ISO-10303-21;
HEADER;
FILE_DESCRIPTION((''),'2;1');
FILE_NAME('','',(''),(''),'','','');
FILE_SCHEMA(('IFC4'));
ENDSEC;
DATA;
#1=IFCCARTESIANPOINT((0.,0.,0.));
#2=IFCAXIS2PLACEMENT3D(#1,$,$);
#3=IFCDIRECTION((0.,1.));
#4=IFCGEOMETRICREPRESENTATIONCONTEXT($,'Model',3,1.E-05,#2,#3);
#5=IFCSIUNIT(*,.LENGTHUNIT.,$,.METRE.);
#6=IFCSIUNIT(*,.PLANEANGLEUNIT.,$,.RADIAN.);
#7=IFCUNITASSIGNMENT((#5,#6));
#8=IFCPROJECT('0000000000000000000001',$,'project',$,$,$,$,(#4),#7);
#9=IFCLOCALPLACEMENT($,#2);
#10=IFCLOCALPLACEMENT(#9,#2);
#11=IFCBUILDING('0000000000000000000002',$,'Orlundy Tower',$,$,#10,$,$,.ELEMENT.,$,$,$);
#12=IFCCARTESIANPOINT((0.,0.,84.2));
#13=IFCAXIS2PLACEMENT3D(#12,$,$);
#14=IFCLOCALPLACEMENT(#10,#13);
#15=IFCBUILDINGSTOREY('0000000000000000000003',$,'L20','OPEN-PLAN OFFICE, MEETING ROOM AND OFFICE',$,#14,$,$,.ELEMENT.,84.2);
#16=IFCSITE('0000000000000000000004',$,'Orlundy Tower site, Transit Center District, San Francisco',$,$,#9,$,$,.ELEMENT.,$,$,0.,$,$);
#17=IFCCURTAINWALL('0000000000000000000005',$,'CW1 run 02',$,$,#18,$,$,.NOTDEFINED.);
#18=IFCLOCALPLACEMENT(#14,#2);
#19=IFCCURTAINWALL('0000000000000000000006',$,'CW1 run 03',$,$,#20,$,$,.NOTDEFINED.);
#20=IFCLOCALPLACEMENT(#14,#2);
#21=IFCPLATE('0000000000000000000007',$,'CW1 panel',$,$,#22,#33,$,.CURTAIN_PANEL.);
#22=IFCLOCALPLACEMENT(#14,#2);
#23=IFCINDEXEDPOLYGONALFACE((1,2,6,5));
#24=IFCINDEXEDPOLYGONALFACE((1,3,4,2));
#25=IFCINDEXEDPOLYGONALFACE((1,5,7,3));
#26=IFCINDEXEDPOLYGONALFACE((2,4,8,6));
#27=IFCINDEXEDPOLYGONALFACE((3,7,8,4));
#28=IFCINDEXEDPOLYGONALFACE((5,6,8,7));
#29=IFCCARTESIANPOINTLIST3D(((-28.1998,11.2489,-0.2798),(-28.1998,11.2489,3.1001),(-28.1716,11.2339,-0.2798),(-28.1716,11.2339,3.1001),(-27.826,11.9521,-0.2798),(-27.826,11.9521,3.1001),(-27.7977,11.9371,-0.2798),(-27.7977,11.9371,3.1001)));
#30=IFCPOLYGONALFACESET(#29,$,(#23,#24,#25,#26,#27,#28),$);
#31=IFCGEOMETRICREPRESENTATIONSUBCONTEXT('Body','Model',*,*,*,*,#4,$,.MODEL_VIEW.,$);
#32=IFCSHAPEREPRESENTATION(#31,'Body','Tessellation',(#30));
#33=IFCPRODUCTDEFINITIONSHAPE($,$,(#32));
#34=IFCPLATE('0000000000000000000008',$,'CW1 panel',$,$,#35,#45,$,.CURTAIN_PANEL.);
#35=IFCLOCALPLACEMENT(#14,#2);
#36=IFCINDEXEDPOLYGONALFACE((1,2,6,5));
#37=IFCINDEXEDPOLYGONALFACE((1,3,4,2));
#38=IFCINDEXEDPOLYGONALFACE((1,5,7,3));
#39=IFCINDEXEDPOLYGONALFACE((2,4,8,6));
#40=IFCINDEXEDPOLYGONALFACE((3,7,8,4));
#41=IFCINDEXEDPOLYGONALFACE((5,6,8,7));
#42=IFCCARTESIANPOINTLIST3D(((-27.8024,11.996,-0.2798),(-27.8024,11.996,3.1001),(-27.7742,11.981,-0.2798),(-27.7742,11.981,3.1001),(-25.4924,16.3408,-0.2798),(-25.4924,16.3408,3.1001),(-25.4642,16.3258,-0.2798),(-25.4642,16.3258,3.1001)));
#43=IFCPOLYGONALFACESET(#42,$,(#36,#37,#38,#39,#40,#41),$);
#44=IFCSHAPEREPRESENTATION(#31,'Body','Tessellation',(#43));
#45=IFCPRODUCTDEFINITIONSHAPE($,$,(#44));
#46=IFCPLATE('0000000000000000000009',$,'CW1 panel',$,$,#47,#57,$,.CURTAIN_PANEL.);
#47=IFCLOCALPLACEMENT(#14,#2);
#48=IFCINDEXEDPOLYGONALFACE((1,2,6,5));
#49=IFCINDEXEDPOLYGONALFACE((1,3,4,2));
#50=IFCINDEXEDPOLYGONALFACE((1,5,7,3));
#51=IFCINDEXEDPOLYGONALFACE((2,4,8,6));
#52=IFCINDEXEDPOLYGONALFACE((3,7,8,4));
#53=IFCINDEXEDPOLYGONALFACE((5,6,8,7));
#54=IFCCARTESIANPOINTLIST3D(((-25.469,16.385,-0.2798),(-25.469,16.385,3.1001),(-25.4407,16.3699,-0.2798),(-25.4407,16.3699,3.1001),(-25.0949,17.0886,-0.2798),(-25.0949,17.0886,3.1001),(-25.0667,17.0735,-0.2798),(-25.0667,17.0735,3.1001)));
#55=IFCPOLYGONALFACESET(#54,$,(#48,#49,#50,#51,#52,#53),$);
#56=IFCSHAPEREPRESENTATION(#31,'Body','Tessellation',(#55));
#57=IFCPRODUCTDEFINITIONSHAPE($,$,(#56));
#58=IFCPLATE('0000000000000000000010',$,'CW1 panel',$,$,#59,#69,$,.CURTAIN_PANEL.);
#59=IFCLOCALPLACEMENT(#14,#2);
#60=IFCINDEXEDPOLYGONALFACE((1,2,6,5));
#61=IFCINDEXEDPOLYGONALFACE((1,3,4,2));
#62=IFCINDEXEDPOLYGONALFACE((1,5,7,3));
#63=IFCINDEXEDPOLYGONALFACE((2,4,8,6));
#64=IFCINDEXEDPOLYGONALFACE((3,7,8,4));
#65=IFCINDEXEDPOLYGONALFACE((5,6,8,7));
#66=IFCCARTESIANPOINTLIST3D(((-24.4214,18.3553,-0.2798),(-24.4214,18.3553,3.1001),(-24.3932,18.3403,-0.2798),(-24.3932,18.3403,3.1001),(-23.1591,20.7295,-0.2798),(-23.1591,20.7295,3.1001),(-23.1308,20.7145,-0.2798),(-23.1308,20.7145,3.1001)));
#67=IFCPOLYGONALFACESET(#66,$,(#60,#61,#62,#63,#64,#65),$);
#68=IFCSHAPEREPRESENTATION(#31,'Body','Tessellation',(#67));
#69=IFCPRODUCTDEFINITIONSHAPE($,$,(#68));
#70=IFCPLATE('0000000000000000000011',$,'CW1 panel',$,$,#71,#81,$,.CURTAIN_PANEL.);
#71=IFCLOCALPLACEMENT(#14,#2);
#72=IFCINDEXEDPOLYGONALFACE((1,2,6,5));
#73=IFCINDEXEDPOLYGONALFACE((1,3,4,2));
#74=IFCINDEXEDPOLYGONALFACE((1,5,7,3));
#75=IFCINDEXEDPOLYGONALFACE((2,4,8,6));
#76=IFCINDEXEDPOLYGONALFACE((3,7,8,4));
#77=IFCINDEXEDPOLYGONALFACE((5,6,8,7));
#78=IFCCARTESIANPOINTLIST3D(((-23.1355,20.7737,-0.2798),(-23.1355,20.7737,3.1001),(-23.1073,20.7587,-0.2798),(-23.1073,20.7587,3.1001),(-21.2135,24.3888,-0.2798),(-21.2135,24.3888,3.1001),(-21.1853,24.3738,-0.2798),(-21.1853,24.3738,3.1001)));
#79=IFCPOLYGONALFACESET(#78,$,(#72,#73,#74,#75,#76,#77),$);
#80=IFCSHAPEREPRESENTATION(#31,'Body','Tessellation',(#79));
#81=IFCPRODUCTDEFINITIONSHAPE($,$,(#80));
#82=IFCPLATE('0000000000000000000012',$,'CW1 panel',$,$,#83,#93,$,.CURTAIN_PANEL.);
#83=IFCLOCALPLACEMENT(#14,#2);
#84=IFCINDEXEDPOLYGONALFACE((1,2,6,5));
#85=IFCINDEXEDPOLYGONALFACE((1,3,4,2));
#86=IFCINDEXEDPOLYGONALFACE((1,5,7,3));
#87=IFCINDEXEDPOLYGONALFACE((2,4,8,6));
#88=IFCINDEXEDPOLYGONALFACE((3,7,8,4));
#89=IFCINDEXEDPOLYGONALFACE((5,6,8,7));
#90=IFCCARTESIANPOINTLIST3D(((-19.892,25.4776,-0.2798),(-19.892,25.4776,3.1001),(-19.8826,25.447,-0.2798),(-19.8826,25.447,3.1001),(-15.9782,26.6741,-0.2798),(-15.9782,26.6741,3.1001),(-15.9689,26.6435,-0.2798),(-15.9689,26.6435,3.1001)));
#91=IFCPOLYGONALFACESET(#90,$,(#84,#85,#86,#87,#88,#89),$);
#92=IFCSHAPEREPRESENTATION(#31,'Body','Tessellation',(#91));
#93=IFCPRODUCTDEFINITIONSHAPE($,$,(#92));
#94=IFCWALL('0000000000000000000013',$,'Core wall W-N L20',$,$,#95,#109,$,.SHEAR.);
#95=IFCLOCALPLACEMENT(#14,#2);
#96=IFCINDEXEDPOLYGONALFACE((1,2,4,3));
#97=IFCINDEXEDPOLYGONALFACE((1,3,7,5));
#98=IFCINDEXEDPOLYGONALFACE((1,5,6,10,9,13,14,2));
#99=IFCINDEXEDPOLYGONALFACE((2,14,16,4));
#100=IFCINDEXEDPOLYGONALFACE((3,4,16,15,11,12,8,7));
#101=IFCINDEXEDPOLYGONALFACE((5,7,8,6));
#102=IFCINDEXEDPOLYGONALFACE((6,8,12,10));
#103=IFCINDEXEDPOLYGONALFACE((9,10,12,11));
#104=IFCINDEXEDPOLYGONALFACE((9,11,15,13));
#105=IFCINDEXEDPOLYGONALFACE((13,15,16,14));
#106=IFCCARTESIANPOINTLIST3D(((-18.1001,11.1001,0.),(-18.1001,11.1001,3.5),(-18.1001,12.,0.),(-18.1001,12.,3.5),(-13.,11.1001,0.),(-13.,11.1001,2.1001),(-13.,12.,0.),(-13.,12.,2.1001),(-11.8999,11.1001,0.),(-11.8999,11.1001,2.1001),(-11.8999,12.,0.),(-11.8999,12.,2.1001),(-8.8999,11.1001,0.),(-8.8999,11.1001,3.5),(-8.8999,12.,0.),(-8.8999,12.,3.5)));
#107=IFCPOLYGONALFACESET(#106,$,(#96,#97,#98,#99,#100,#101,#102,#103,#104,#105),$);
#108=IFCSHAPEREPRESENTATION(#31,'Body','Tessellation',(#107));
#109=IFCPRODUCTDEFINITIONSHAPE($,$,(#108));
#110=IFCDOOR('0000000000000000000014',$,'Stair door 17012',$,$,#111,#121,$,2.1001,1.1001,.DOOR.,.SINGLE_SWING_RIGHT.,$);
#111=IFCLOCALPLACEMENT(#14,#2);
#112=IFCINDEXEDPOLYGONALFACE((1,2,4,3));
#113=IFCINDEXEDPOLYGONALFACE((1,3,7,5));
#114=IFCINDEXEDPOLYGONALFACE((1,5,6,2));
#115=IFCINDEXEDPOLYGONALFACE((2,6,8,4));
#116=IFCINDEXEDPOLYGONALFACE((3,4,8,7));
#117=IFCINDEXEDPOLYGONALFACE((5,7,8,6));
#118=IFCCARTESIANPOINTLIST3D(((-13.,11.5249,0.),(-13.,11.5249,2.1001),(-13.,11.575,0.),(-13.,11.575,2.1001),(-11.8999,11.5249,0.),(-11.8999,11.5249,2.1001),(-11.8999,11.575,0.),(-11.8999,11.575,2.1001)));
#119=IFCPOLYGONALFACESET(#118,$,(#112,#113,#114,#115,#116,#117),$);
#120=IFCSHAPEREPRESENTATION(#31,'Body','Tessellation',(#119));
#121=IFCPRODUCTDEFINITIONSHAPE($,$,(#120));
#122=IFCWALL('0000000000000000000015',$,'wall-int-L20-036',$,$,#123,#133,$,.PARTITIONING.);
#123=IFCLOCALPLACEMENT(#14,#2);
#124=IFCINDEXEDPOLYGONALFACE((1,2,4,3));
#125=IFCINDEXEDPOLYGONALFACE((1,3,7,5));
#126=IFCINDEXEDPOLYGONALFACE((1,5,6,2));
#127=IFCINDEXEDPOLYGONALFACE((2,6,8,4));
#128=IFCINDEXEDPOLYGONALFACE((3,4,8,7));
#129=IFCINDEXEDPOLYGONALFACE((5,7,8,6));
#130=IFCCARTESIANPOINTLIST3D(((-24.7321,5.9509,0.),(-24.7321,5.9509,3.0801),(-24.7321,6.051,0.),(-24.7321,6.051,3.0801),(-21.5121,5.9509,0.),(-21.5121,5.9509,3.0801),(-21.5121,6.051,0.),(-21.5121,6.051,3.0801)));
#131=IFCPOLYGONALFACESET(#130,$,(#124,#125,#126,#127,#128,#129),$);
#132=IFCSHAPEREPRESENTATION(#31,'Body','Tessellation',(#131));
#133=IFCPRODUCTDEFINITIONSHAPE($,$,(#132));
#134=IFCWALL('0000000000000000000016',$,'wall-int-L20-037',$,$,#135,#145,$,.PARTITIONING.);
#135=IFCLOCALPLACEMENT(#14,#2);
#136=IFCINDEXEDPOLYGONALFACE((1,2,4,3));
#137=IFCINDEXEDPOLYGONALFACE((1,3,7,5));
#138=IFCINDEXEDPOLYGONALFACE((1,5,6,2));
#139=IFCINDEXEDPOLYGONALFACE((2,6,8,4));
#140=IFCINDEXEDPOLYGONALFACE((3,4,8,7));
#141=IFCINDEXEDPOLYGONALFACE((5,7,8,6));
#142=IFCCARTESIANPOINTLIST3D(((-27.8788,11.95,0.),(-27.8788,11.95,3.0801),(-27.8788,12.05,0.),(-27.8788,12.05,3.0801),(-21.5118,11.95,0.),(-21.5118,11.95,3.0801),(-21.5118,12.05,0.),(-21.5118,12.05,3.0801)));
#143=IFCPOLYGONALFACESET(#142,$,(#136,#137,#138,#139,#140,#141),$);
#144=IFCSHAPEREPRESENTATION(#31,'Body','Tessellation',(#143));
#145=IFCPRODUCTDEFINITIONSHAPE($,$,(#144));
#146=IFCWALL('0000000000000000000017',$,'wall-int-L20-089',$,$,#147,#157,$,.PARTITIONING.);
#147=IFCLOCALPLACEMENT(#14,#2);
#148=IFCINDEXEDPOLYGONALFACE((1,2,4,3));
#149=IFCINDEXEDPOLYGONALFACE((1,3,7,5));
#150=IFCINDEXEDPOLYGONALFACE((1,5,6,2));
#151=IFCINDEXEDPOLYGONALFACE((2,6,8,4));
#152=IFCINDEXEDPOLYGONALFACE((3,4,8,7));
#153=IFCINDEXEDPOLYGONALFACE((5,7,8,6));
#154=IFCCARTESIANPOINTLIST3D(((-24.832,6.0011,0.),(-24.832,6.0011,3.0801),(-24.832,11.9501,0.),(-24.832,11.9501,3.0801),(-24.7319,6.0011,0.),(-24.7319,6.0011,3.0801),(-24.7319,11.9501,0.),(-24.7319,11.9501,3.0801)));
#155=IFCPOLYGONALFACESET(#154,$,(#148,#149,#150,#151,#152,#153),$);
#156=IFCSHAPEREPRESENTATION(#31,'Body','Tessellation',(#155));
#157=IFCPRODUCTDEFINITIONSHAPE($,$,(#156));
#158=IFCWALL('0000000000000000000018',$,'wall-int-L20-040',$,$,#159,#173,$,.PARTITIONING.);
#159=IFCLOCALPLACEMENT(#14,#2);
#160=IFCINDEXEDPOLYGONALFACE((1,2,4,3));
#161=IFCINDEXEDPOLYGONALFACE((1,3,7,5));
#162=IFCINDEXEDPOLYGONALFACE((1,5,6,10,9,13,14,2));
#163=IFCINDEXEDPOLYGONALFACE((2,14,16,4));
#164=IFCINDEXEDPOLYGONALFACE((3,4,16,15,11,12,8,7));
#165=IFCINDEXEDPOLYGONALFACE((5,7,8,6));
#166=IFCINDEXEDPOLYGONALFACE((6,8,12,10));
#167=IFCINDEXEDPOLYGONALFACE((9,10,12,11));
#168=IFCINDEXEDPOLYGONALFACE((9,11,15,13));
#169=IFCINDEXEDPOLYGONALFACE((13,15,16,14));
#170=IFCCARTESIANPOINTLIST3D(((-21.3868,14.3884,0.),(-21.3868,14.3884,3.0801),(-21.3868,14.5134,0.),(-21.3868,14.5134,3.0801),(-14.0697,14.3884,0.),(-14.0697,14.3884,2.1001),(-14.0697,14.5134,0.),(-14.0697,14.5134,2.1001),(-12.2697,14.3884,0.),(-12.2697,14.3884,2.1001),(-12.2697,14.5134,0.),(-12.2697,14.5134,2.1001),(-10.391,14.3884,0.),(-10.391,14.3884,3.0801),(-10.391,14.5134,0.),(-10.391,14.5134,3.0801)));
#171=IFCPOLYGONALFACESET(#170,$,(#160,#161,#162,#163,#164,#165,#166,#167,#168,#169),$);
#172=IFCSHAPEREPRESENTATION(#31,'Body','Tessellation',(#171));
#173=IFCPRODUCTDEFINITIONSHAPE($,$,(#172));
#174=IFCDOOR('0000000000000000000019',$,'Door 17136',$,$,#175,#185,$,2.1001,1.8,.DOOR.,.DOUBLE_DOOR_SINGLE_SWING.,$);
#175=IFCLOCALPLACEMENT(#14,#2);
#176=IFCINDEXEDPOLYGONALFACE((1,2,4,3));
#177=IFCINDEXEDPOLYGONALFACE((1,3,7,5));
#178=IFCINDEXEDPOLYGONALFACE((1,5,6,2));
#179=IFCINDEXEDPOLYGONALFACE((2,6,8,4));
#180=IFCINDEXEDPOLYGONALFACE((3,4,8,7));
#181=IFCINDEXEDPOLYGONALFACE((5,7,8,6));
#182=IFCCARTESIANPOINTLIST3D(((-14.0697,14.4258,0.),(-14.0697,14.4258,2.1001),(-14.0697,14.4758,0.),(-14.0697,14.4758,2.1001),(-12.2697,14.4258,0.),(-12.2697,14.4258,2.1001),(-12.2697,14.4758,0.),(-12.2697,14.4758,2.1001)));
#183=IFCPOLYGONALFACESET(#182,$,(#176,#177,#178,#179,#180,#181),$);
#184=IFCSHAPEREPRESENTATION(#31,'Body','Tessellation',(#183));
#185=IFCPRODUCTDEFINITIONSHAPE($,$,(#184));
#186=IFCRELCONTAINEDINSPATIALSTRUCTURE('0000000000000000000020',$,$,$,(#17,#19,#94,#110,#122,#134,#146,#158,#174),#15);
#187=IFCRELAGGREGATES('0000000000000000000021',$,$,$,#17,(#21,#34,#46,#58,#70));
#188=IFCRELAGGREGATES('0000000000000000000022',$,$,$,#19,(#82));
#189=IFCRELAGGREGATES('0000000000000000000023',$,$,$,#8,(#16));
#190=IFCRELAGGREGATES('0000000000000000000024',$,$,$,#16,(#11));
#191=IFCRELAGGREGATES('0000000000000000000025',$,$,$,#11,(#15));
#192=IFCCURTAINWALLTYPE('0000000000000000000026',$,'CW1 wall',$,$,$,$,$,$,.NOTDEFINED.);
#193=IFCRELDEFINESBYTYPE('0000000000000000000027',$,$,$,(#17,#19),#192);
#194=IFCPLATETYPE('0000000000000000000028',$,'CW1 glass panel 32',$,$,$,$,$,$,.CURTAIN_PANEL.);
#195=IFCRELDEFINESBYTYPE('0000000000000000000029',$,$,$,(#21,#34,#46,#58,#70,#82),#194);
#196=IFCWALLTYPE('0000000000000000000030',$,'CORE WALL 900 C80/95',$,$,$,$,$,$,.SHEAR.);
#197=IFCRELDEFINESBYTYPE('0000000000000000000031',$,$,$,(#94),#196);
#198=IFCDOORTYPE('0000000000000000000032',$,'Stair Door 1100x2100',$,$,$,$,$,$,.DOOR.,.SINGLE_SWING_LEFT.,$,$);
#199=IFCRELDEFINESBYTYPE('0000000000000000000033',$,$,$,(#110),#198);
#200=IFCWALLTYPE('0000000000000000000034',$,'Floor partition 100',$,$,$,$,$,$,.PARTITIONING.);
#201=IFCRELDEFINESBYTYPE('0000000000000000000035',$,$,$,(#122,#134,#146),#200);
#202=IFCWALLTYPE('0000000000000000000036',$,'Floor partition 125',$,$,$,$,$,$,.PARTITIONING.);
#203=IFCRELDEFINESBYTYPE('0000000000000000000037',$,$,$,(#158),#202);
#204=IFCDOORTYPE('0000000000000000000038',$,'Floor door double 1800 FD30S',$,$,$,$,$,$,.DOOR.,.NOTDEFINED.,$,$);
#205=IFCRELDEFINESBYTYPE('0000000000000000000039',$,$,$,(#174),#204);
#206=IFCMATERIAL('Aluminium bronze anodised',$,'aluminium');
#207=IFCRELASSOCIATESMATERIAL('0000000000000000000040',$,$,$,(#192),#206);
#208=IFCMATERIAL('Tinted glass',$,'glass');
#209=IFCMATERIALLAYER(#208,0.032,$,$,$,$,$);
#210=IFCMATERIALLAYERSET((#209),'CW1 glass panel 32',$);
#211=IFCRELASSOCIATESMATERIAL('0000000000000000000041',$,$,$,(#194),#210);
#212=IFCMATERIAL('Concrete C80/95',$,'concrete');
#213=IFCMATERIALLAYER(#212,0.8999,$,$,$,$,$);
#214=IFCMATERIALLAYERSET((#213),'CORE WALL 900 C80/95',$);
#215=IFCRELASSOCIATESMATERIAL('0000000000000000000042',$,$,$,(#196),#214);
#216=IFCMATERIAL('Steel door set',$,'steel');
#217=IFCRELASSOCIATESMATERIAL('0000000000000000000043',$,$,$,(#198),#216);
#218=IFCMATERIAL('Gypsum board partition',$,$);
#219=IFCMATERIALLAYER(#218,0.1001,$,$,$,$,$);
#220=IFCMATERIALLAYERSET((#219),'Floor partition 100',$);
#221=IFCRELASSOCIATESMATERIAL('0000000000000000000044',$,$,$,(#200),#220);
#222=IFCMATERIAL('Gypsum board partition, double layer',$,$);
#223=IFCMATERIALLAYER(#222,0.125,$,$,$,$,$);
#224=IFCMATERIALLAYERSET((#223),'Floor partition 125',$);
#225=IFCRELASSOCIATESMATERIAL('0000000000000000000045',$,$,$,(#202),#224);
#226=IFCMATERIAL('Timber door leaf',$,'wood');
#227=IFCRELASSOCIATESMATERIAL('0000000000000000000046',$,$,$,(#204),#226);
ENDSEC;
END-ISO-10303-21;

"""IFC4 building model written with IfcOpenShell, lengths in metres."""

from ifc_helpers import new_model, si_unit, direction, frame, frame_2d, origin, origin_2d, place, context, subcontext, project, spatial, rectangle, extrude, material, layer, layer_set, type_object, element, fill, aggregate, save


model = new_model("IFC4")

# Units and contexts
model_context = context("Model", 3, precision=1e-05, world=origin(), true_north=direction((0.0, 1.0)))
body_context = subcontext(model_context, "Body", "Model", "MODEL_VIEW")
ifc_project = project(units=[si_unit("LENGTHUNIT", "METRE"), si_unit("PLANEANGLEUNIT", "RADIAN")], contexts=[model_context])

# Site, building, storey
site_placement = place(None, origin())
site = spatial("IfcSite", under=ifc_project, at=site_placement, Name="Orlundy Tower site, Transit Center District, San Francisco", CompositionType="ELEMENT", RefElevation=0.0)
building_placement = place(site_placement, origin())
building = spatial("IfcBuilding", under=site, at=building_placement, Name="Orlundy Tower", CompositionType="ELEMENT")
storey_placement = place(building_placement, frame((0.0, 0.0, 84.2)))
storey = spatial("IfcBuildingStorey", under=building, at=storey_placement, Name="L20", Description="OPEN-PLAN OFFICE, MEETING ROOM AND OFFICE", CompositionType="ELEMENT", Elevation=84.2)

# Curtain wall
ifc_material_1 = material(Name="Aluminium bronze anodised", Category="aluminium")
curtain_wall_type = type_object("IfcCurtainWallType", Name="CW1 wall", PredefinedType="NOTDEFINED", material=ifc_material_1)
curtain_wall_1_placement = place(storey_placement, origin())
curtain_wall_1 = element("IfcCurtainWall", 1, at=curtain_wall_1_placement, inside=storey, type_object=curtain_wall_type, Name="CW1 run 02", PredefinedType="NOTDEFINED")

# Curtain wall
curtain_wall_2_placement = place(storey_placement, origin())
curtain_wall_2 = element("IfcCurtainWall", 2, at=curtain_wall_2_placement, inside=storey, type_object=curtain_wall_type, Name="CW1 run 03", PredefinedType="NOTDEFINED")

# Plates
ifc_material_2 = material(Name="Tinted glass", Category="glass")
ifc_layer_1 = layer(ifc_material_2, 0.032)
ifc_layer_set_1 = layer_set([ifc_layer_1], Name="CW1 glass panel 32")
plate_type = type_object("IfcPlateType", Name="CW1 glass panel 32", PredefinedType="CURTAIN_PANEL", material=ifc_layer_set_1)
plate_1_placement = place(storey_placement, frame((-27.9988, 11.593, -0.2798), z_axis=(0.0, 0.0, 1.0), x_axis=(0.469445, 0.882961, 0.0)))
plate_1 = element("IfcPlate", 3, at=plate_1_placement, type_object=plate_type, Name="CW1 panel", PredefinedType="CURTAIN_PANEL", context=body_context, shape_type="SweptSolid", body=[
    extrude(rectangle(XDim=0.7964, YDim=0.032, at=origin_2d()), origin(), (0.0, 0.0, 1.0), 3.3799),
])
plate_2_placement = place(storey_placement, frame((-26.6333, 14.1609, -0.2798), z_axis=(0.0, 0.0, 1.0), x_axis=(0.469445, 0.882961, 0.0)))
plate_2 = element("IfcPlate", 4, at=plate_2_placement, type_object=plate_type, Name="CW1 panel", PredefinedType="CURTAIN_PANEL", context=body_context, shape_type="SweptSolid", body=[
    extrude(rectangle(XDim=4.9207, YDim=0.032, at=origin_2d()), origin(), (0.0, 0.0, 1.0), 3.3799),
])
plate_3_placement = place(storey_placement, frame((-25.2678, 16.7292, -0.2798), z_axis=(0.0, 0.0, 1.0), x_axis=(0.469445, 0.882961, 0.0)))
plate_3 = element("IfcPlate", 5, at=plate_3_placement, type_object=plate_type, Name="CW1 panel", PredefinedType="CURTAIN_PANEL", context=body_context, shape_type="SweptSolid", body=[
    extrude(rectangle(XDim=0.7969, YDim=0.032, at=origin_2d()), origin(), (0.0, 0.0, 1.0), 3.3799),
])
plate_4_placement = place(storey_placement, frame((-23.7761, 19.5349, -0.2798), z_axis=(0.0, 0.0, 1.0), x_axis=(0.469445, 0.882961, 0.0)))
plate_4 = element("IfcPlate", 6, at=plate_4_placement, type_object=plate_type, Name="CW1 panel", PredefinedType="CURTAIN_PANEL", context=body_context, shape_type="SweptSolid", body=[
    extrude(rectangle(XDim=2.689, YDim=0.032, at=origin_2d()), origin(), (0.0, 0.0, 1.0), 3.3799),
])
plate_5_placement = place(storey_placement, frame((-22.1604, 22.5737, -0.2798), z_axis=(0.0, 0.0, 1.0), x_axis=(0.469445, 0.882961, 0.0)))
plate_5 = element("IfcPlate", 7, at=plate_5_placement, type_object=plate_type, Name="CW1 panel", PredefinedType="CURTAIN_PANEL", context=body_context, shape_type="SweptSolid", body=[
    extrude(rectangle(XDim=4.0942, YDim=0.032, at=origin_2d()), origin(), (0.0, 0.0, 1.0), 3.3799),
])
aggregate(curtain_wall_1, [plate_1, plate_2, plate_3, plate_4, plate_5])
plate_6_placement = place(storey_placement, frame((-17.9304, 26.0605, -0.2798), z_axis=(0.0, 0.0, 1.0), x_axis=(0.956308, 0.292361, 0.0)))
plate_6 = element("IfcPlate", 8, at=plate_6_placement, type_object=plate_type, Name="CW1 panel", PredefinedType="CURTAIN_PANEL", context=body_context, shape_type="SweptSolid", body=[
    extrude(rectangle(XDim=4.0925, YDim=0.032, at=origin_2d()), origin(), (0.0, 0.0, 1.0), 3.3799),
])
aggregate(curtain_wall_2, [plate_6])

# Wall, opening, door
ifc_material_3 = material(Name="Concrete C80/95", Category="concrete")
ifc_layer_2 = layer(ifc_material_3, 0.8999)
ifc_layer_set_2 = layer_set([ifc_layer_2], Name="CORE WALL 900 C80/95")
wall_type_1 = type_object("IfcWallType", Name="CORE WALL 900 C80/95", PredefinedType="SHEAR", material=ifc_layer_set_2)
wall_1_placement = place(storey_placement, frame((-18.1001, 11.55, 0.0), z_axis=(0.0, 0.0, 1.0), x_axis=(1.0, 0.0, 0.0)))
wall_1 = element("IfcWall", 9, at=wall_1_placement, inside=storey, type_object=wall_type_1, Name="Core wall W-N L20", PredefinedType="SHEAR", context=body_context, shape_type="SweptSolid", body=[
    extrude(rectangle(XDim=9.2002, YDim=0.8999, at=frame_2d((4.6001, 0.0))), origin(), (0.0, 0.0, 1.0), 3.5),
])
opening_1_placement = place(wall_1_placement, frame((5.1001, 0.0, 0.0)))
opening_1 = element("IfcOpeningElement", 10, at=opening_1_placement, cuts=wall_1, PredefinedType="OPENING", context=body_context, shape_type="SweptSolid", body=[
    extrude(rectangle(XDim=1.1001, YDim=2.1001, at=frame_2d((0.55, 1.05))), frame((0.0, 0.46, 0.0), z_axis=(0.0, -1.0, 0.0), x_axis=(1.0, 0.0, 0.0)), (0.0, 0.0, 1.0), 0.9199),
])
ifc_material_4 = material(Name="Steel door set", Category="steel")
door_type_1 = type_object("IfcDoorType", Name="Stair Door 1100x2100", OperationType="SINGLE_SWING_LEFT", PredefinedType="DOOR", material=ifc_material_4)
door_1_placement = place(opening_1_placement, origin())
door_1 = element("IfcDoor", 11, at=door_1_placement, inside=storey, type_object=door_type_1, Name="Stair door 17012", OperationType="SINGLE_SWING_RIGHT", OverallHeight=2.1001, OverallWidth=1.1001, PredefinedType="DOOR", context=body_context, shape_type="SweptSolid", body=[
    extrude(rectangle(XDim=1.1001, YDim=2.1001, at=frame_2d((0.55, 1.05))), frame((0.0, 0.0249, 0.0), z_axis=(0.0, -1.0, 0.0), x_axis=(1.0, 0.0, 0.0)), (0.0, 0.0, 1.0), 0.05),
])
fill(opening_1, door_1)

# Walls
ifc_material_5 = material(Name="Gypsum board partition")
ifc_layer_3 = layer(ifc_material_5, 0.1001)
ifc_layer_set_3 = layer_set([ifc_layer_3], Name="Floor partition 100")
wall_type_2 = type_object("IfcWallType", Name="Floor partition 100", PredefinedType="PARTITIONING", material=ifc_layer_set_3)
wall_2_placement = place(storey_placement, frame((-24.7319, 6.001, 0.0), z_axis=(0.0, 0.0, 1.0), x_axis=(1.0, 0.0, 0.0)))
element("IfcWall", 12, at=wall_2_placement, inside=storey, type_object=wall_type_2, Name="wall-int-L20-036", PredefinedType="PARTITIONING", context=body_context, shape_type="SweptSolid", body=[
    extrude(rectangle(XDim=3.22, YDim=0.1001, at=frame_2d((1.6099, 0.0))), origin(), (0.0, 0.0, 1.0), 3.0801),
])
wall_3_placement = place(storey_placement, frame((-27.8789, 12.0, 0.0), z_axis=(0.0, 0.0, 1.0), x_axis=(1.0, 0.0, 0.0)))
element("IfcWall", 13, at=wall_3_placement, inside=storey, type_object=wall_type_2, Name="wall-int-L20-037", PredefinedType="PARTITIONING", context=body_context, shape_type="SweptSolid", body=[
    extrude(rectangle(XDim=6.3669, YDim=0.1001, at=frame_2d((3.1836, 0.0))), origin(), (0.0, 0.0, 1.0), 3.0801),
])
wall_4_placement = place(storey_placement, frame((-24.782, 6.001, 0.0), z_axis=(0.0, 0.0, 1.0), x_axis=(0.0, 1.0, 0.0)))
element("IfcWall", 14, at=wall_4_placement, inside=storey, type_object=wall_type_2, Name="wall-int-L20-089", PredefinedType="PARTITIONING", context=body_context, shape_type="SweptSolid", body=[
    extrude(rectangle(XDim=5.949, YDim=0.1001, at=frame_2d((2.9746, 0.0))), origin(), (0.0, 0.0, 1.0), 3.0801),
])

# Wall, opening, door
ifc_material_6 = material(Name="Gypsum board partition, double layer")
ifc_layer_4 = layer(ifc_material_6, 0.125)
ifc_layer_set_4 = layer_set([ifc_layer_4], Name="Floor partition 125")
wall_type_3 = type_object("IfcWallType", Name="Floor partition 125", PredefinedType="PARTITIONING", material=ifc_layer_set_4)
wall_5_placement = place(storey_placement, frame((-21.387, 14.4509, 0.0), z_axis=(0.0, 0.0, 1.0), x_axis=(1.0, 0.0, 0.0)))
wall_5 = element("IfcWall", 15, at=wall_5_placement, inside=storey, type_object=wall_type_3, Name="wall-int-L20-040", PredefinedType="PARTITIONING", context=body_context, shape_type="SweptSolid", body=[
    extrude(rectangle(XDim=10.9958, YDim=0.125, at=frame_2d((5.498, 0.0))), origin(), (0.0, 0.0, 1.0), 3.0801),
])
opening_2_placement = place(wall_5_placement, frame((7.3174, 0.0, 0.0)))
opening_2 = element("IfcOpeningElement", 16, at=opening_2_placement, cuts=wall_5, PredefinedType="OPENING", context=body_context, shape_type="SweptSolid", body=[
    extrude(rectangle(XDim=1.8, YDim=2.1001, at=frame_2d((0.8999, 1.05))), frame((0.0, 0.0725, 0.0), z_axis=(0.0, -1.0, 0.0), x_axis=(1.0, 0.0, 0.0)), (0.0, 0.0, 1.0), 0.145),
])
ifc_material_7 = material(Name="Timber door leaf", Category="wood")
door_type_2 = type_object("IfcDoorType", Name="Floor door double 1800 FD30S", OperationType="NOTDEFINED", PredefinedType="DOOR", material=ifc_material_7)
door_2_placement = place(opening_2_placement, origin())
door_2 = element("IfcDoor", 17, at=door_2_placement, inside=storey, type_object=door_type_2, Name="Door 17136", OperationType="DOUBLE_DOOR_SINGLE_SWING", OverallHeight=2.1001, OverallWidth=1.8, PredefinedType="DOOR", context=body_context, shape_type="SweptSolid", body=[
    extrude(rectangle(XDim=1.8, YDim=2.1001, at=frame_2d((0.8999, 1.05))), frame((0.0, 0.0249, 0.0), z_axis=(0.0, -1.0, 0.0), x_axis=(1.0, 0.0, 0.0)), (0.0, 0.0, 1.0), 0.05),
])
fill(opening_2, door_2)

save(model, "model.ifc")
